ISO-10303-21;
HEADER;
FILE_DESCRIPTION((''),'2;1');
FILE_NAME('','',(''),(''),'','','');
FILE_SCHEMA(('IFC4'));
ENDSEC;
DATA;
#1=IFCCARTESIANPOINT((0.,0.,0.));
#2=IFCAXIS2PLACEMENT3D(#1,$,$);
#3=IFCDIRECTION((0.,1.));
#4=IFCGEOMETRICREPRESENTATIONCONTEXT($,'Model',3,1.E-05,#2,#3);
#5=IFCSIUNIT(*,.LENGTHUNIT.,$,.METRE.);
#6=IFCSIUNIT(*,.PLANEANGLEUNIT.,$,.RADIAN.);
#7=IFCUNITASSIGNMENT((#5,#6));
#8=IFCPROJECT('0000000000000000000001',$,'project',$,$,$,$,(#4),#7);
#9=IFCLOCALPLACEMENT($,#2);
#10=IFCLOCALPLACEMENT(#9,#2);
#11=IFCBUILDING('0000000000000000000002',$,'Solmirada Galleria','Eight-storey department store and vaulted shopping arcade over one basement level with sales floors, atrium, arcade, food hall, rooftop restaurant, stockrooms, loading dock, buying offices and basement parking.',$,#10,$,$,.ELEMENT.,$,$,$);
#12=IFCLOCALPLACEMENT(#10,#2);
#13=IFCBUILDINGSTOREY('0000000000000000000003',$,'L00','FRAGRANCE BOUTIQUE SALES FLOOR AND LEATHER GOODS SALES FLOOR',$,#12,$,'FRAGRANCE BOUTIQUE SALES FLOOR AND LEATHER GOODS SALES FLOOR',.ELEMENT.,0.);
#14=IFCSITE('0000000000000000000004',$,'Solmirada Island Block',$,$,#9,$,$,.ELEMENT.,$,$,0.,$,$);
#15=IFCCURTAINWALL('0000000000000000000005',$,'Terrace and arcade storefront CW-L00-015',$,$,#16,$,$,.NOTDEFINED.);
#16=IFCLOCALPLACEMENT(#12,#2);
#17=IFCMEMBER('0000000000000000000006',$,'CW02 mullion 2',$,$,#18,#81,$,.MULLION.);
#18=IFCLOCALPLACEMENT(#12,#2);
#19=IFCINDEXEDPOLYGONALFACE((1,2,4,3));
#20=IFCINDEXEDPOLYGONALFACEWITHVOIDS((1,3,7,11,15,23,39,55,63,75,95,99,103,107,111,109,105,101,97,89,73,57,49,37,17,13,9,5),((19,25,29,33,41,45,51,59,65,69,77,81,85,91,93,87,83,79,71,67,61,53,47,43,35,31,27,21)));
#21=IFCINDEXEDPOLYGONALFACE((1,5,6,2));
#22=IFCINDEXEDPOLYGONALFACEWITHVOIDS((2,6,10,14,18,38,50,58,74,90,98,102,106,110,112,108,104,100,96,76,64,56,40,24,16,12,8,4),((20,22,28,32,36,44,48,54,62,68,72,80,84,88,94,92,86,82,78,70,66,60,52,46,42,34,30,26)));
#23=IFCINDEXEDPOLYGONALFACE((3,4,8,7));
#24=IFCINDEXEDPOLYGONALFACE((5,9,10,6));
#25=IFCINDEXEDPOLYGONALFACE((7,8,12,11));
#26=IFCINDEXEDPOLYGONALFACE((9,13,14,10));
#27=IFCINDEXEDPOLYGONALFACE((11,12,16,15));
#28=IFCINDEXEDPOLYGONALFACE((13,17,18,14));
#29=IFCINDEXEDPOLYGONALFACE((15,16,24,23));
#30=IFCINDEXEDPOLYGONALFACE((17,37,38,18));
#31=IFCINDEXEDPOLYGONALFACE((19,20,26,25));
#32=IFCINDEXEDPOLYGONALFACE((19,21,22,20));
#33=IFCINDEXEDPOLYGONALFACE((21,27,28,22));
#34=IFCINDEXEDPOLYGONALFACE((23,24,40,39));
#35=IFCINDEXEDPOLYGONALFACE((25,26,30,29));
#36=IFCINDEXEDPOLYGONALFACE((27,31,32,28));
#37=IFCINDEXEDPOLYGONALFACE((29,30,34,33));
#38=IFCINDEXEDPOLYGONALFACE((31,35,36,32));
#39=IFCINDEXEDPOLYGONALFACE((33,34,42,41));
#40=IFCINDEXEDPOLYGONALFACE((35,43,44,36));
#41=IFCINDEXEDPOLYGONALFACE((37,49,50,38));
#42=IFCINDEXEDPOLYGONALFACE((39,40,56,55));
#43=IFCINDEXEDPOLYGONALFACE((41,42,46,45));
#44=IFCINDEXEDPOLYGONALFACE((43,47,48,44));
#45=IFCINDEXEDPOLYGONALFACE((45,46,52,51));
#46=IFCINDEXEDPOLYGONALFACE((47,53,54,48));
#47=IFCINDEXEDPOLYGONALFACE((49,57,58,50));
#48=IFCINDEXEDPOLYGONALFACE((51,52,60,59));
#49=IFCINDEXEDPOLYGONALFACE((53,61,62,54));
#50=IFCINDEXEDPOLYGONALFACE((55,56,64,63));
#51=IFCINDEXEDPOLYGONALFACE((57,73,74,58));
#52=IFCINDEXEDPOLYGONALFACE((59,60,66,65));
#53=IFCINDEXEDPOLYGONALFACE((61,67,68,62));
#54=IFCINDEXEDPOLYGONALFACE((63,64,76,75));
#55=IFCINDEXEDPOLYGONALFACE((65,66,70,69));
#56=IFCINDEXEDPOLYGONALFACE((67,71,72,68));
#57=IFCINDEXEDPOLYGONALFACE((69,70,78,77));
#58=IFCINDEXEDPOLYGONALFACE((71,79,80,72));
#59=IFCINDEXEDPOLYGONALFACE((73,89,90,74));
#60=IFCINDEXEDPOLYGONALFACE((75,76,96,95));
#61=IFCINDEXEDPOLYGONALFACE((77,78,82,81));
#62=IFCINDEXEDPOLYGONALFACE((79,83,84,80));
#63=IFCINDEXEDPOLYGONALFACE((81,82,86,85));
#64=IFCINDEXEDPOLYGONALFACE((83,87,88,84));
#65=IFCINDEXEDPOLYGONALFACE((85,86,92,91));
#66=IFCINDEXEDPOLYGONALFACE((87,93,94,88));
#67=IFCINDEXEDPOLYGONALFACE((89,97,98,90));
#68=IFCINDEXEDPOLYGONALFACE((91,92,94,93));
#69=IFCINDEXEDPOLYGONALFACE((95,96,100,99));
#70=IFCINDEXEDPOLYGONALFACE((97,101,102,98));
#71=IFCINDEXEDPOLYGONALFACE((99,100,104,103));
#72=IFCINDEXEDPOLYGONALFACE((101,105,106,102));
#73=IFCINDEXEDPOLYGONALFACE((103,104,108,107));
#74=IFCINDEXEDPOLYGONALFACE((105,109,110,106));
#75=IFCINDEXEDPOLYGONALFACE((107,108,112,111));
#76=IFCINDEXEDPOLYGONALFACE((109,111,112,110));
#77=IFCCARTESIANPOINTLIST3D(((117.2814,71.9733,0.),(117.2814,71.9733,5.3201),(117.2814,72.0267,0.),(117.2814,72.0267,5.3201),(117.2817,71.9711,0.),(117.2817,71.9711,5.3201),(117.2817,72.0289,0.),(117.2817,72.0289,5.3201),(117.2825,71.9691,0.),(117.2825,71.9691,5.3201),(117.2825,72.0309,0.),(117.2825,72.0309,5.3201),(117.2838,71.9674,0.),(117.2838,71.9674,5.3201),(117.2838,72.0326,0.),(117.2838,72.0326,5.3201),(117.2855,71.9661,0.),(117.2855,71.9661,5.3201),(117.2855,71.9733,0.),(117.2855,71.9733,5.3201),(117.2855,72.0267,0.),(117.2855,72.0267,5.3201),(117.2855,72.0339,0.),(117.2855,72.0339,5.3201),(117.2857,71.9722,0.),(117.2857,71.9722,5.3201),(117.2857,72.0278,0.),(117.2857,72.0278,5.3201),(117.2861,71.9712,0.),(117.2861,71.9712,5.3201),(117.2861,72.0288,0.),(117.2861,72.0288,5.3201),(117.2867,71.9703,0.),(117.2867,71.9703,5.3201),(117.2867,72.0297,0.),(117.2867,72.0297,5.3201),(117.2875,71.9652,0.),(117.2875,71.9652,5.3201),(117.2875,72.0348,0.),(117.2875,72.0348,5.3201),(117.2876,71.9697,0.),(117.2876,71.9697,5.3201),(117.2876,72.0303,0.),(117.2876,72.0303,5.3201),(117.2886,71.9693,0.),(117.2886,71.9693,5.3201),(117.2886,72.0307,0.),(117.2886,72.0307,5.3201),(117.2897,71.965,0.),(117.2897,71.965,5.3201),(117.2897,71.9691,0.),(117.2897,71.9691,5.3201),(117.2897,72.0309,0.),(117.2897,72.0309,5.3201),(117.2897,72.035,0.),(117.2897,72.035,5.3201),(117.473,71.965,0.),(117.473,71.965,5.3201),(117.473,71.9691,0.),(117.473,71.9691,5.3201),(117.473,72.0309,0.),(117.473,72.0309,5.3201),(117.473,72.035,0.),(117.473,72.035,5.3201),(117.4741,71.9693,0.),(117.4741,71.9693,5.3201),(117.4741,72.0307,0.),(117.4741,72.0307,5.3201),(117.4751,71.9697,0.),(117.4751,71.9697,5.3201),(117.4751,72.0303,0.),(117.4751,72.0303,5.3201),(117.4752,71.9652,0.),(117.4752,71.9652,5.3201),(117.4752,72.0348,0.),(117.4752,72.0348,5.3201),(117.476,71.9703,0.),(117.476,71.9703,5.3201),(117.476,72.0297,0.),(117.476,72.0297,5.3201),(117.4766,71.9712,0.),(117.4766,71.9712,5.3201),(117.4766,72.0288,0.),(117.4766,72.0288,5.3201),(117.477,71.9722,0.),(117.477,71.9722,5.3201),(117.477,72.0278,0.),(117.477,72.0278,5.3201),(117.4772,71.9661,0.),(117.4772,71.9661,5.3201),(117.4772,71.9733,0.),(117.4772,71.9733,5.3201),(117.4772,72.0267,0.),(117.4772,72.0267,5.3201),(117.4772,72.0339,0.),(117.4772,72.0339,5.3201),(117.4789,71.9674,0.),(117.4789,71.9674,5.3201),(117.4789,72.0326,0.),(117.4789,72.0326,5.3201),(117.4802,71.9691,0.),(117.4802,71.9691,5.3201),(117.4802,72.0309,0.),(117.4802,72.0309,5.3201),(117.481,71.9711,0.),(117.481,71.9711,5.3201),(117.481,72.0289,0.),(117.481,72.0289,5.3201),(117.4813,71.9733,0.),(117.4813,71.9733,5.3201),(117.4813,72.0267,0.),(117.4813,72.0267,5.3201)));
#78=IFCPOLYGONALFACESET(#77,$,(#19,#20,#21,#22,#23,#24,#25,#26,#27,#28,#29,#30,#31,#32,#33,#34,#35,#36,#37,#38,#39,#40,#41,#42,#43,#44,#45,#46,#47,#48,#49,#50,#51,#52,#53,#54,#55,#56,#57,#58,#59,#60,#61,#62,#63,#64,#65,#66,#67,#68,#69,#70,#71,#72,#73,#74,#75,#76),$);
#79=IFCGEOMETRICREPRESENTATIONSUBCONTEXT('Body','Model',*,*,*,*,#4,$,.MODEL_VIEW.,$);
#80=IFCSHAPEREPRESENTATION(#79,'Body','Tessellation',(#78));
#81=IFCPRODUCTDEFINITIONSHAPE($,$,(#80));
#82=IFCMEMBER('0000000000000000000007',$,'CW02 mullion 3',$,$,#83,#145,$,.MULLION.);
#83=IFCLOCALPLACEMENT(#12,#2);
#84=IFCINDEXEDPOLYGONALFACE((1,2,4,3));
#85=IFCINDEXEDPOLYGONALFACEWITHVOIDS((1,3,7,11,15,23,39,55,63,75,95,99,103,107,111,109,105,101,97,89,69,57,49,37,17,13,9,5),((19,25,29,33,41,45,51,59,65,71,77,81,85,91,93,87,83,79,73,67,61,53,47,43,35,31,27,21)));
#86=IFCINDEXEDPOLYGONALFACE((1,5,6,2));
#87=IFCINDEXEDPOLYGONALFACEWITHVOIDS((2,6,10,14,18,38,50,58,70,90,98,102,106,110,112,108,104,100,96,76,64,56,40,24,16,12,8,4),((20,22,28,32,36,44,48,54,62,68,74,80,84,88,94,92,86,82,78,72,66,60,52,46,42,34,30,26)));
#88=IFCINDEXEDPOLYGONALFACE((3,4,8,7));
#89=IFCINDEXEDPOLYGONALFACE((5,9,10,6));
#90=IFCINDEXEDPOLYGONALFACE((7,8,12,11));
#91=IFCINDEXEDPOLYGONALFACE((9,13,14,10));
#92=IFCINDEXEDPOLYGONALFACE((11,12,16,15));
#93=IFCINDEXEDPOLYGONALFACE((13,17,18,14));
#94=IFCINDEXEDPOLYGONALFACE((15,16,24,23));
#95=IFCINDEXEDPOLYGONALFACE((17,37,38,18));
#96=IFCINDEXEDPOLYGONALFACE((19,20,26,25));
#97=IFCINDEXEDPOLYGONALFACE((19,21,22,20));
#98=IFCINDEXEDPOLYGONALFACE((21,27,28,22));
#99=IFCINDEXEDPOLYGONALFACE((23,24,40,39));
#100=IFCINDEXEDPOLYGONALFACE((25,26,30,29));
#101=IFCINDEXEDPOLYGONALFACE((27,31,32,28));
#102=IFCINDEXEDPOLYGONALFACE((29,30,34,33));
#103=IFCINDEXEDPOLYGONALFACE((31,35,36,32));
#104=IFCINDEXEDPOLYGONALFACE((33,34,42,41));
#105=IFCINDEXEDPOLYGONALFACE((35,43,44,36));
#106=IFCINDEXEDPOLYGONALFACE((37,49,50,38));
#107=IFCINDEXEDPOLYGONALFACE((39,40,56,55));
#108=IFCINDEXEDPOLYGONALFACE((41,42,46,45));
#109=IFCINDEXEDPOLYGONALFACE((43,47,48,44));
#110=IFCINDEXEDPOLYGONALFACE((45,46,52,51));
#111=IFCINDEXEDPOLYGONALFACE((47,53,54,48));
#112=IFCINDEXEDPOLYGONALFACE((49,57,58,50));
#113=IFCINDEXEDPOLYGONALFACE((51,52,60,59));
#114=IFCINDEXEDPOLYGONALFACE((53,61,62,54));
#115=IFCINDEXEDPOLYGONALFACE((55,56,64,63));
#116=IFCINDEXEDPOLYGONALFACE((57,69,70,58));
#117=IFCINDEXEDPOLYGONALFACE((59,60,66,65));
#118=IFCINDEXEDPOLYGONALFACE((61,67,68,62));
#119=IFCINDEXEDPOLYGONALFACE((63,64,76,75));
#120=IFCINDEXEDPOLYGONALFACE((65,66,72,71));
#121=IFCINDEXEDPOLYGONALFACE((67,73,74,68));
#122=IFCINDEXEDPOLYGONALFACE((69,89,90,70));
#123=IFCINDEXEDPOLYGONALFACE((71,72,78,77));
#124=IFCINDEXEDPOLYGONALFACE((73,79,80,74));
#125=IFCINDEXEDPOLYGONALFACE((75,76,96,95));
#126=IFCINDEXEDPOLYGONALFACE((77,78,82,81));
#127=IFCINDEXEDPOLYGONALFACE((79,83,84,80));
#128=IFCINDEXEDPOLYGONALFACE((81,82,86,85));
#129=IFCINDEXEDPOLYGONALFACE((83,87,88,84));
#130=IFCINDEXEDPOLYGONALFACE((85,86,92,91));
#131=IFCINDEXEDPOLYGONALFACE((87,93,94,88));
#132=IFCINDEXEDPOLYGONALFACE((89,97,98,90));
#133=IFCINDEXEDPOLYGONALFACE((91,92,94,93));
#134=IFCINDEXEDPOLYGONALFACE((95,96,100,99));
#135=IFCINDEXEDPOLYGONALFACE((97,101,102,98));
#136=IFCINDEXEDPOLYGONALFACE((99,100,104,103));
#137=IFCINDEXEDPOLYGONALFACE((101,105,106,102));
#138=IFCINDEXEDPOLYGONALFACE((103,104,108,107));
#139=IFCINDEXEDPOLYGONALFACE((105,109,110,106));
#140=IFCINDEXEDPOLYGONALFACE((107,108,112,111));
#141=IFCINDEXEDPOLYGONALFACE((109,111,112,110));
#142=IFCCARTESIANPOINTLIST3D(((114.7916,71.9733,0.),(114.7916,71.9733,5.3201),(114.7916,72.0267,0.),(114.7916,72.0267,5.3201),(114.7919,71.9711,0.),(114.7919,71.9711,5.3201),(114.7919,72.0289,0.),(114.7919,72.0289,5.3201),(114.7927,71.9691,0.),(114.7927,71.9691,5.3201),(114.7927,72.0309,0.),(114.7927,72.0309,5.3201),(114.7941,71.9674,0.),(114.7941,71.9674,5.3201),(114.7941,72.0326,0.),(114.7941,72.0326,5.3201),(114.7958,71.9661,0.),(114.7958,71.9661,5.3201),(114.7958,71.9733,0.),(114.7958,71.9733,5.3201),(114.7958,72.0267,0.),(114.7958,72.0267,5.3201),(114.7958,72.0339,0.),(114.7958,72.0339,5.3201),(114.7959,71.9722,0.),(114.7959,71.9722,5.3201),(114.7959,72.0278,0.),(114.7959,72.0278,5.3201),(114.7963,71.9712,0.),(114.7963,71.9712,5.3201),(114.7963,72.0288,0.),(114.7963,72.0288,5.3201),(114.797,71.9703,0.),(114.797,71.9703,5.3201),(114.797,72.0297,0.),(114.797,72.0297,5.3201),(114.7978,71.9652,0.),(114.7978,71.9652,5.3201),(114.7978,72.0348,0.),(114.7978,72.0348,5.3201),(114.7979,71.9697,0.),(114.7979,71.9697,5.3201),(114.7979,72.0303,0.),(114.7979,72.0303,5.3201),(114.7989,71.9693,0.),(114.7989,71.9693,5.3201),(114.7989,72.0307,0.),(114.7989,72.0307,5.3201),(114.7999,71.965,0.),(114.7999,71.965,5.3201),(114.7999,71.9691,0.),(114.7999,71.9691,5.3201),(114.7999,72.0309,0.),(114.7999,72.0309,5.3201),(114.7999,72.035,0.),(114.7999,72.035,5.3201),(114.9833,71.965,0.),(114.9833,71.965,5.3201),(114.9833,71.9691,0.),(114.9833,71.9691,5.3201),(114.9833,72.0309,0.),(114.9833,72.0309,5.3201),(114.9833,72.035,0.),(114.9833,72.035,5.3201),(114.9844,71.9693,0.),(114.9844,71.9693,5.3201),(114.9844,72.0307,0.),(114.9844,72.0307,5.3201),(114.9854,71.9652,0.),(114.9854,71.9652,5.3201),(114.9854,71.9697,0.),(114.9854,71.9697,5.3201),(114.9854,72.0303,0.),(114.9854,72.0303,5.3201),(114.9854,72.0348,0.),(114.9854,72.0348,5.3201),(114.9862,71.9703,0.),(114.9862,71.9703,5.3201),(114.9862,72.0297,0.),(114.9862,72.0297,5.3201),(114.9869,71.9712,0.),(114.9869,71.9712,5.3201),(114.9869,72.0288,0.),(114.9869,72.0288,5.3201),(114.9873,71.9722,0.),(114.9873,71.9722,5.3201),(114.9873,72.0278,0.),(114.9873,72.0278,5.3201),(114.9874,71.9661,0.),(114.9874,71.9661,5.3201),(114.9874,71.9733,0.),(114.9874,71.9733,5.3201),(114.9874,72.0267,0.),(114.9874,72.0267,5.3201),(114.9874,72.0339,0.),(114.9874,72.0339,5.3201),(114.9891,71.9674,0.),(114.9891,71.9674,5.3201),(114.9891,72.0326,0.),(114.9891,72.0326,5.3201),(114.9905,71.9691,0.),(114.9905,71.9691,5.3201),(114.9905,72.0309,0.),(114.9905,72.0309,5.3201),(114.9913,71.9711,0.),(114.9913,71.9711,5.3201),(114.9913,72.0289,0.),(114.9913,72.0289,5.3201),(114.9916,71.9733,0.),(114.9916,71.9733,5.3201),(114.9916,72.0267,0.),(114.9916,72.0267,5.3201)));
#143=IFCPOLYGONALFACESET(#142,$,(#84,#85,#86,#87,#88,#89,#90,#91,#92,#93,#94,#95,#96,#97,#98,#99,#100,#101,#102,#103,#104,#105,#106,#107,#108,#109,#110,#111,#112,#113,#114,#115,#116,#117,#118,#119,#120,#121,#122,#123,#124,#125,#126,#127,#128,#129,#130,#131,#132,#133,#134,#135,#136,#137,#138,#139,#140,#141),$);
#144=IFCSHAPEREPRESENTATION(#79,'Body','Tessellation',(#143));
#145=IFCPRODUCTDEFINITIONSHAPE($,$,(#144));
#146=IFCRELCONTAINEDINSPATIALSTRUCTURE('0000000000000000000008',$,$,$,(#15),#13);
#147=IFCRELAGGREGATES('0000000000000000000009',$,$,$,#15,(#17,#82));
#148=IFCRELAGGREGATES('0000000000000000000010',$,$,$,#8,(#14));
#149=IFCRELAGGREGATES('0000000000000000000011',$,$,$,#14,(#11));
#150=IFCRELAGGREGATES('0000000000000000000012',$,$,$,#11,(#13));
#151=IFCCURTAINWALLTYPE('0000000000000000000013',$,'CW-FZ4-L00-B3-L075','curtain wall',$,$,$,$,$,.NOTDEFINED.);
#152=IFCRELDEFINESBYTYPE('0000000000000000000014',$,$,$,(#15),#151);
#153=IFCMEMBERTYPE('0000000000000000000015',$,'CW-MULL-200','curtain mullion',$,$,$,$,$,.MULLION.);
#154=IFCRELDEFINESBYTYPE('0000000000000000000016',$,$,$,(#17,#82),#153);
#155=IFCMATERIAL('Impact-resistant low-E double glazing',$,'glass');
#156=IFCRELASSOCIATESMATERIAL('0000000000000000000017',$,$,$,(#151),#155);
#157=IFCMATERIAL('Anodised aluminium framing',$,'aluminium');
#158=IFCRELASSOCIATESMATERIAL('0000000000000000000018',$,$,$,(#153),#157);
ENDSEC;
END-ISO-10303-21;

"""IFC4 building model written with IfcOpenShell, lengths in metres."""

from ifc_helpers import new_model, si_unit, direction, frame, origin, origin_2d, place, context, subcontext, project, spatial, hollow_rectangle, extrude, material, material_profile, profile_set, type_object, element, aggregate, save


model = new_model("IFC4")

# Units and contexts
model_context = context("Model", 3, precision=1e-05, world=origin(), true_north=direction((0.0, 1.0)))
body_context = subcontext(model_context, "Body", "Model", "MODEL_VIEW")
ifc_project = project(units=[si_unit("LENGTHUNIT", "METRE"), si_unit("PLANEANGLEUNIT", "RADIAN")], contexts=[model_context])

# Site, building, storey
site_placement = place(None, origin())
site = spatial("IfcSite", under=ifc_project, at=site_placement, Name="Solmirada Island Block", CompositionType="ELEMENT", RefElevation=0.0)
building_placement = place(site_placement, origin())
building = spatial("IfcBuilding", under=site, at=building_placement, Name="Solmirada Galleria", Description="Eight-storey department store and vaulted shopping arcade over one basement level with sales floors, atrium, arcade, food hall, rooftop restaurant, stockrooms, loading dock, buying offices and basement parking.", CompositionType="ELEMENT")
storey_placement = place(building_placement, origin())
storey = spatial("IfcBuildingStorey", under=building, at=storey_placement, Name="L00", Description="FRAGRANCE BOUTIQUE SALES FLOOR AND LEATHER GOODS SALES FLOOR", LongName="FRAGRANCE BOUTIQUE SALES FLOOR AND LEATHER GOODS SALES FLOOR", CompositionType="ELEMENT", Elevation=0.0)

# Curtain wall, members
ifc_material_1 = material(Name="Impact-resistant low-E double glazing", Category="glass")
curtain_wall_type_1 = type_object("IfcCurtainWallType", Name="CW-FZ4-L00-B3-L075", Description="curtain wall", PredefinedType="NOTDEFINED", material=ifc_material_1)
curtain_wall_1_placement = place(storey_placement, origin())
curtain_wall_1 = element("IfcCurtainWall", 1, at=curtain_wall_1_placement, inside=storey, type_object=curtain_wall_type_1, Name="Terrace and arcade storefront CW-L00-015", PredefinedType="NOTDEFINED")
ifc_material_2 = material(Name="Anodised aluminium framing", Category="aluminium")
ifc_material_profile_1 = material_profile(ifc_material_2, hollow_rectangle(XDim=0.0701, YDim=0.2, WallThickness=0.0042, InnerFilletRadius=0.0042, OuterFilletRadius=0.0083, at=origin_2d()), Name="ALU-MULL-200X70")
ifc_profile_set_1 = profile_set([ifc_material_profile_1], Name="Anodised aluminium framing")
member_type_1 = type_object("IfcMemberType", Name="CW-MULL-200", Description="curtain mullion", PredefinedType="MULLION", material=ifc_profile_set_1)
member_1_placement = place(storey_placement, frame((117.3813, 72.0, 0.0), z_axis=(0.0, 0.0, 1.0), x_axis=(0.0, -1.0, 0.0)))
member_1 = element("IfcMember", 2, at=member_1_placement, type_object=member_type_1, Name="CW02 mullion 2", PredefinedType="MULLION", context=body_context, shape_type="SweptSolid", body=[
    extrude(hollow_rectangle(XDim=0.0701, YDim=0.2, WallThickness=0.0042, InnerFilletRadius=0.0042, OuterFilletRadius=0.0083, at=origin_2d()), origin(), (0.0, 0.0, 1.0), 5.3201),
])
member_2_placement = place(storey_placement, frame((114.8916, 72.0, 0.0), z_axis=(0.0, 0.0, 1.0), x_axis=(0.0, -1.0, 0.0)))
member_2 = element("IfcMember", 3, at=member_2_placement, type_object=member_type_1, Name="CW02 mullion 3", PredefinedType="MULLION", context=body_context, shape_type="SweptSolid", body=[
    extrude(hollow_rectangle(XDim=0.0701, YDim=0.2, WallThickness=0.0042, InnerFilletRadius=0.0042, OuterFilletRadius=0.0083, at=origin_2d()), origin(), (0.0, 0.0, 1.0), 5.3201),
])

aggregate(curtain_wall_1, [member_1, member_2])

save(model, "model.ifc")
